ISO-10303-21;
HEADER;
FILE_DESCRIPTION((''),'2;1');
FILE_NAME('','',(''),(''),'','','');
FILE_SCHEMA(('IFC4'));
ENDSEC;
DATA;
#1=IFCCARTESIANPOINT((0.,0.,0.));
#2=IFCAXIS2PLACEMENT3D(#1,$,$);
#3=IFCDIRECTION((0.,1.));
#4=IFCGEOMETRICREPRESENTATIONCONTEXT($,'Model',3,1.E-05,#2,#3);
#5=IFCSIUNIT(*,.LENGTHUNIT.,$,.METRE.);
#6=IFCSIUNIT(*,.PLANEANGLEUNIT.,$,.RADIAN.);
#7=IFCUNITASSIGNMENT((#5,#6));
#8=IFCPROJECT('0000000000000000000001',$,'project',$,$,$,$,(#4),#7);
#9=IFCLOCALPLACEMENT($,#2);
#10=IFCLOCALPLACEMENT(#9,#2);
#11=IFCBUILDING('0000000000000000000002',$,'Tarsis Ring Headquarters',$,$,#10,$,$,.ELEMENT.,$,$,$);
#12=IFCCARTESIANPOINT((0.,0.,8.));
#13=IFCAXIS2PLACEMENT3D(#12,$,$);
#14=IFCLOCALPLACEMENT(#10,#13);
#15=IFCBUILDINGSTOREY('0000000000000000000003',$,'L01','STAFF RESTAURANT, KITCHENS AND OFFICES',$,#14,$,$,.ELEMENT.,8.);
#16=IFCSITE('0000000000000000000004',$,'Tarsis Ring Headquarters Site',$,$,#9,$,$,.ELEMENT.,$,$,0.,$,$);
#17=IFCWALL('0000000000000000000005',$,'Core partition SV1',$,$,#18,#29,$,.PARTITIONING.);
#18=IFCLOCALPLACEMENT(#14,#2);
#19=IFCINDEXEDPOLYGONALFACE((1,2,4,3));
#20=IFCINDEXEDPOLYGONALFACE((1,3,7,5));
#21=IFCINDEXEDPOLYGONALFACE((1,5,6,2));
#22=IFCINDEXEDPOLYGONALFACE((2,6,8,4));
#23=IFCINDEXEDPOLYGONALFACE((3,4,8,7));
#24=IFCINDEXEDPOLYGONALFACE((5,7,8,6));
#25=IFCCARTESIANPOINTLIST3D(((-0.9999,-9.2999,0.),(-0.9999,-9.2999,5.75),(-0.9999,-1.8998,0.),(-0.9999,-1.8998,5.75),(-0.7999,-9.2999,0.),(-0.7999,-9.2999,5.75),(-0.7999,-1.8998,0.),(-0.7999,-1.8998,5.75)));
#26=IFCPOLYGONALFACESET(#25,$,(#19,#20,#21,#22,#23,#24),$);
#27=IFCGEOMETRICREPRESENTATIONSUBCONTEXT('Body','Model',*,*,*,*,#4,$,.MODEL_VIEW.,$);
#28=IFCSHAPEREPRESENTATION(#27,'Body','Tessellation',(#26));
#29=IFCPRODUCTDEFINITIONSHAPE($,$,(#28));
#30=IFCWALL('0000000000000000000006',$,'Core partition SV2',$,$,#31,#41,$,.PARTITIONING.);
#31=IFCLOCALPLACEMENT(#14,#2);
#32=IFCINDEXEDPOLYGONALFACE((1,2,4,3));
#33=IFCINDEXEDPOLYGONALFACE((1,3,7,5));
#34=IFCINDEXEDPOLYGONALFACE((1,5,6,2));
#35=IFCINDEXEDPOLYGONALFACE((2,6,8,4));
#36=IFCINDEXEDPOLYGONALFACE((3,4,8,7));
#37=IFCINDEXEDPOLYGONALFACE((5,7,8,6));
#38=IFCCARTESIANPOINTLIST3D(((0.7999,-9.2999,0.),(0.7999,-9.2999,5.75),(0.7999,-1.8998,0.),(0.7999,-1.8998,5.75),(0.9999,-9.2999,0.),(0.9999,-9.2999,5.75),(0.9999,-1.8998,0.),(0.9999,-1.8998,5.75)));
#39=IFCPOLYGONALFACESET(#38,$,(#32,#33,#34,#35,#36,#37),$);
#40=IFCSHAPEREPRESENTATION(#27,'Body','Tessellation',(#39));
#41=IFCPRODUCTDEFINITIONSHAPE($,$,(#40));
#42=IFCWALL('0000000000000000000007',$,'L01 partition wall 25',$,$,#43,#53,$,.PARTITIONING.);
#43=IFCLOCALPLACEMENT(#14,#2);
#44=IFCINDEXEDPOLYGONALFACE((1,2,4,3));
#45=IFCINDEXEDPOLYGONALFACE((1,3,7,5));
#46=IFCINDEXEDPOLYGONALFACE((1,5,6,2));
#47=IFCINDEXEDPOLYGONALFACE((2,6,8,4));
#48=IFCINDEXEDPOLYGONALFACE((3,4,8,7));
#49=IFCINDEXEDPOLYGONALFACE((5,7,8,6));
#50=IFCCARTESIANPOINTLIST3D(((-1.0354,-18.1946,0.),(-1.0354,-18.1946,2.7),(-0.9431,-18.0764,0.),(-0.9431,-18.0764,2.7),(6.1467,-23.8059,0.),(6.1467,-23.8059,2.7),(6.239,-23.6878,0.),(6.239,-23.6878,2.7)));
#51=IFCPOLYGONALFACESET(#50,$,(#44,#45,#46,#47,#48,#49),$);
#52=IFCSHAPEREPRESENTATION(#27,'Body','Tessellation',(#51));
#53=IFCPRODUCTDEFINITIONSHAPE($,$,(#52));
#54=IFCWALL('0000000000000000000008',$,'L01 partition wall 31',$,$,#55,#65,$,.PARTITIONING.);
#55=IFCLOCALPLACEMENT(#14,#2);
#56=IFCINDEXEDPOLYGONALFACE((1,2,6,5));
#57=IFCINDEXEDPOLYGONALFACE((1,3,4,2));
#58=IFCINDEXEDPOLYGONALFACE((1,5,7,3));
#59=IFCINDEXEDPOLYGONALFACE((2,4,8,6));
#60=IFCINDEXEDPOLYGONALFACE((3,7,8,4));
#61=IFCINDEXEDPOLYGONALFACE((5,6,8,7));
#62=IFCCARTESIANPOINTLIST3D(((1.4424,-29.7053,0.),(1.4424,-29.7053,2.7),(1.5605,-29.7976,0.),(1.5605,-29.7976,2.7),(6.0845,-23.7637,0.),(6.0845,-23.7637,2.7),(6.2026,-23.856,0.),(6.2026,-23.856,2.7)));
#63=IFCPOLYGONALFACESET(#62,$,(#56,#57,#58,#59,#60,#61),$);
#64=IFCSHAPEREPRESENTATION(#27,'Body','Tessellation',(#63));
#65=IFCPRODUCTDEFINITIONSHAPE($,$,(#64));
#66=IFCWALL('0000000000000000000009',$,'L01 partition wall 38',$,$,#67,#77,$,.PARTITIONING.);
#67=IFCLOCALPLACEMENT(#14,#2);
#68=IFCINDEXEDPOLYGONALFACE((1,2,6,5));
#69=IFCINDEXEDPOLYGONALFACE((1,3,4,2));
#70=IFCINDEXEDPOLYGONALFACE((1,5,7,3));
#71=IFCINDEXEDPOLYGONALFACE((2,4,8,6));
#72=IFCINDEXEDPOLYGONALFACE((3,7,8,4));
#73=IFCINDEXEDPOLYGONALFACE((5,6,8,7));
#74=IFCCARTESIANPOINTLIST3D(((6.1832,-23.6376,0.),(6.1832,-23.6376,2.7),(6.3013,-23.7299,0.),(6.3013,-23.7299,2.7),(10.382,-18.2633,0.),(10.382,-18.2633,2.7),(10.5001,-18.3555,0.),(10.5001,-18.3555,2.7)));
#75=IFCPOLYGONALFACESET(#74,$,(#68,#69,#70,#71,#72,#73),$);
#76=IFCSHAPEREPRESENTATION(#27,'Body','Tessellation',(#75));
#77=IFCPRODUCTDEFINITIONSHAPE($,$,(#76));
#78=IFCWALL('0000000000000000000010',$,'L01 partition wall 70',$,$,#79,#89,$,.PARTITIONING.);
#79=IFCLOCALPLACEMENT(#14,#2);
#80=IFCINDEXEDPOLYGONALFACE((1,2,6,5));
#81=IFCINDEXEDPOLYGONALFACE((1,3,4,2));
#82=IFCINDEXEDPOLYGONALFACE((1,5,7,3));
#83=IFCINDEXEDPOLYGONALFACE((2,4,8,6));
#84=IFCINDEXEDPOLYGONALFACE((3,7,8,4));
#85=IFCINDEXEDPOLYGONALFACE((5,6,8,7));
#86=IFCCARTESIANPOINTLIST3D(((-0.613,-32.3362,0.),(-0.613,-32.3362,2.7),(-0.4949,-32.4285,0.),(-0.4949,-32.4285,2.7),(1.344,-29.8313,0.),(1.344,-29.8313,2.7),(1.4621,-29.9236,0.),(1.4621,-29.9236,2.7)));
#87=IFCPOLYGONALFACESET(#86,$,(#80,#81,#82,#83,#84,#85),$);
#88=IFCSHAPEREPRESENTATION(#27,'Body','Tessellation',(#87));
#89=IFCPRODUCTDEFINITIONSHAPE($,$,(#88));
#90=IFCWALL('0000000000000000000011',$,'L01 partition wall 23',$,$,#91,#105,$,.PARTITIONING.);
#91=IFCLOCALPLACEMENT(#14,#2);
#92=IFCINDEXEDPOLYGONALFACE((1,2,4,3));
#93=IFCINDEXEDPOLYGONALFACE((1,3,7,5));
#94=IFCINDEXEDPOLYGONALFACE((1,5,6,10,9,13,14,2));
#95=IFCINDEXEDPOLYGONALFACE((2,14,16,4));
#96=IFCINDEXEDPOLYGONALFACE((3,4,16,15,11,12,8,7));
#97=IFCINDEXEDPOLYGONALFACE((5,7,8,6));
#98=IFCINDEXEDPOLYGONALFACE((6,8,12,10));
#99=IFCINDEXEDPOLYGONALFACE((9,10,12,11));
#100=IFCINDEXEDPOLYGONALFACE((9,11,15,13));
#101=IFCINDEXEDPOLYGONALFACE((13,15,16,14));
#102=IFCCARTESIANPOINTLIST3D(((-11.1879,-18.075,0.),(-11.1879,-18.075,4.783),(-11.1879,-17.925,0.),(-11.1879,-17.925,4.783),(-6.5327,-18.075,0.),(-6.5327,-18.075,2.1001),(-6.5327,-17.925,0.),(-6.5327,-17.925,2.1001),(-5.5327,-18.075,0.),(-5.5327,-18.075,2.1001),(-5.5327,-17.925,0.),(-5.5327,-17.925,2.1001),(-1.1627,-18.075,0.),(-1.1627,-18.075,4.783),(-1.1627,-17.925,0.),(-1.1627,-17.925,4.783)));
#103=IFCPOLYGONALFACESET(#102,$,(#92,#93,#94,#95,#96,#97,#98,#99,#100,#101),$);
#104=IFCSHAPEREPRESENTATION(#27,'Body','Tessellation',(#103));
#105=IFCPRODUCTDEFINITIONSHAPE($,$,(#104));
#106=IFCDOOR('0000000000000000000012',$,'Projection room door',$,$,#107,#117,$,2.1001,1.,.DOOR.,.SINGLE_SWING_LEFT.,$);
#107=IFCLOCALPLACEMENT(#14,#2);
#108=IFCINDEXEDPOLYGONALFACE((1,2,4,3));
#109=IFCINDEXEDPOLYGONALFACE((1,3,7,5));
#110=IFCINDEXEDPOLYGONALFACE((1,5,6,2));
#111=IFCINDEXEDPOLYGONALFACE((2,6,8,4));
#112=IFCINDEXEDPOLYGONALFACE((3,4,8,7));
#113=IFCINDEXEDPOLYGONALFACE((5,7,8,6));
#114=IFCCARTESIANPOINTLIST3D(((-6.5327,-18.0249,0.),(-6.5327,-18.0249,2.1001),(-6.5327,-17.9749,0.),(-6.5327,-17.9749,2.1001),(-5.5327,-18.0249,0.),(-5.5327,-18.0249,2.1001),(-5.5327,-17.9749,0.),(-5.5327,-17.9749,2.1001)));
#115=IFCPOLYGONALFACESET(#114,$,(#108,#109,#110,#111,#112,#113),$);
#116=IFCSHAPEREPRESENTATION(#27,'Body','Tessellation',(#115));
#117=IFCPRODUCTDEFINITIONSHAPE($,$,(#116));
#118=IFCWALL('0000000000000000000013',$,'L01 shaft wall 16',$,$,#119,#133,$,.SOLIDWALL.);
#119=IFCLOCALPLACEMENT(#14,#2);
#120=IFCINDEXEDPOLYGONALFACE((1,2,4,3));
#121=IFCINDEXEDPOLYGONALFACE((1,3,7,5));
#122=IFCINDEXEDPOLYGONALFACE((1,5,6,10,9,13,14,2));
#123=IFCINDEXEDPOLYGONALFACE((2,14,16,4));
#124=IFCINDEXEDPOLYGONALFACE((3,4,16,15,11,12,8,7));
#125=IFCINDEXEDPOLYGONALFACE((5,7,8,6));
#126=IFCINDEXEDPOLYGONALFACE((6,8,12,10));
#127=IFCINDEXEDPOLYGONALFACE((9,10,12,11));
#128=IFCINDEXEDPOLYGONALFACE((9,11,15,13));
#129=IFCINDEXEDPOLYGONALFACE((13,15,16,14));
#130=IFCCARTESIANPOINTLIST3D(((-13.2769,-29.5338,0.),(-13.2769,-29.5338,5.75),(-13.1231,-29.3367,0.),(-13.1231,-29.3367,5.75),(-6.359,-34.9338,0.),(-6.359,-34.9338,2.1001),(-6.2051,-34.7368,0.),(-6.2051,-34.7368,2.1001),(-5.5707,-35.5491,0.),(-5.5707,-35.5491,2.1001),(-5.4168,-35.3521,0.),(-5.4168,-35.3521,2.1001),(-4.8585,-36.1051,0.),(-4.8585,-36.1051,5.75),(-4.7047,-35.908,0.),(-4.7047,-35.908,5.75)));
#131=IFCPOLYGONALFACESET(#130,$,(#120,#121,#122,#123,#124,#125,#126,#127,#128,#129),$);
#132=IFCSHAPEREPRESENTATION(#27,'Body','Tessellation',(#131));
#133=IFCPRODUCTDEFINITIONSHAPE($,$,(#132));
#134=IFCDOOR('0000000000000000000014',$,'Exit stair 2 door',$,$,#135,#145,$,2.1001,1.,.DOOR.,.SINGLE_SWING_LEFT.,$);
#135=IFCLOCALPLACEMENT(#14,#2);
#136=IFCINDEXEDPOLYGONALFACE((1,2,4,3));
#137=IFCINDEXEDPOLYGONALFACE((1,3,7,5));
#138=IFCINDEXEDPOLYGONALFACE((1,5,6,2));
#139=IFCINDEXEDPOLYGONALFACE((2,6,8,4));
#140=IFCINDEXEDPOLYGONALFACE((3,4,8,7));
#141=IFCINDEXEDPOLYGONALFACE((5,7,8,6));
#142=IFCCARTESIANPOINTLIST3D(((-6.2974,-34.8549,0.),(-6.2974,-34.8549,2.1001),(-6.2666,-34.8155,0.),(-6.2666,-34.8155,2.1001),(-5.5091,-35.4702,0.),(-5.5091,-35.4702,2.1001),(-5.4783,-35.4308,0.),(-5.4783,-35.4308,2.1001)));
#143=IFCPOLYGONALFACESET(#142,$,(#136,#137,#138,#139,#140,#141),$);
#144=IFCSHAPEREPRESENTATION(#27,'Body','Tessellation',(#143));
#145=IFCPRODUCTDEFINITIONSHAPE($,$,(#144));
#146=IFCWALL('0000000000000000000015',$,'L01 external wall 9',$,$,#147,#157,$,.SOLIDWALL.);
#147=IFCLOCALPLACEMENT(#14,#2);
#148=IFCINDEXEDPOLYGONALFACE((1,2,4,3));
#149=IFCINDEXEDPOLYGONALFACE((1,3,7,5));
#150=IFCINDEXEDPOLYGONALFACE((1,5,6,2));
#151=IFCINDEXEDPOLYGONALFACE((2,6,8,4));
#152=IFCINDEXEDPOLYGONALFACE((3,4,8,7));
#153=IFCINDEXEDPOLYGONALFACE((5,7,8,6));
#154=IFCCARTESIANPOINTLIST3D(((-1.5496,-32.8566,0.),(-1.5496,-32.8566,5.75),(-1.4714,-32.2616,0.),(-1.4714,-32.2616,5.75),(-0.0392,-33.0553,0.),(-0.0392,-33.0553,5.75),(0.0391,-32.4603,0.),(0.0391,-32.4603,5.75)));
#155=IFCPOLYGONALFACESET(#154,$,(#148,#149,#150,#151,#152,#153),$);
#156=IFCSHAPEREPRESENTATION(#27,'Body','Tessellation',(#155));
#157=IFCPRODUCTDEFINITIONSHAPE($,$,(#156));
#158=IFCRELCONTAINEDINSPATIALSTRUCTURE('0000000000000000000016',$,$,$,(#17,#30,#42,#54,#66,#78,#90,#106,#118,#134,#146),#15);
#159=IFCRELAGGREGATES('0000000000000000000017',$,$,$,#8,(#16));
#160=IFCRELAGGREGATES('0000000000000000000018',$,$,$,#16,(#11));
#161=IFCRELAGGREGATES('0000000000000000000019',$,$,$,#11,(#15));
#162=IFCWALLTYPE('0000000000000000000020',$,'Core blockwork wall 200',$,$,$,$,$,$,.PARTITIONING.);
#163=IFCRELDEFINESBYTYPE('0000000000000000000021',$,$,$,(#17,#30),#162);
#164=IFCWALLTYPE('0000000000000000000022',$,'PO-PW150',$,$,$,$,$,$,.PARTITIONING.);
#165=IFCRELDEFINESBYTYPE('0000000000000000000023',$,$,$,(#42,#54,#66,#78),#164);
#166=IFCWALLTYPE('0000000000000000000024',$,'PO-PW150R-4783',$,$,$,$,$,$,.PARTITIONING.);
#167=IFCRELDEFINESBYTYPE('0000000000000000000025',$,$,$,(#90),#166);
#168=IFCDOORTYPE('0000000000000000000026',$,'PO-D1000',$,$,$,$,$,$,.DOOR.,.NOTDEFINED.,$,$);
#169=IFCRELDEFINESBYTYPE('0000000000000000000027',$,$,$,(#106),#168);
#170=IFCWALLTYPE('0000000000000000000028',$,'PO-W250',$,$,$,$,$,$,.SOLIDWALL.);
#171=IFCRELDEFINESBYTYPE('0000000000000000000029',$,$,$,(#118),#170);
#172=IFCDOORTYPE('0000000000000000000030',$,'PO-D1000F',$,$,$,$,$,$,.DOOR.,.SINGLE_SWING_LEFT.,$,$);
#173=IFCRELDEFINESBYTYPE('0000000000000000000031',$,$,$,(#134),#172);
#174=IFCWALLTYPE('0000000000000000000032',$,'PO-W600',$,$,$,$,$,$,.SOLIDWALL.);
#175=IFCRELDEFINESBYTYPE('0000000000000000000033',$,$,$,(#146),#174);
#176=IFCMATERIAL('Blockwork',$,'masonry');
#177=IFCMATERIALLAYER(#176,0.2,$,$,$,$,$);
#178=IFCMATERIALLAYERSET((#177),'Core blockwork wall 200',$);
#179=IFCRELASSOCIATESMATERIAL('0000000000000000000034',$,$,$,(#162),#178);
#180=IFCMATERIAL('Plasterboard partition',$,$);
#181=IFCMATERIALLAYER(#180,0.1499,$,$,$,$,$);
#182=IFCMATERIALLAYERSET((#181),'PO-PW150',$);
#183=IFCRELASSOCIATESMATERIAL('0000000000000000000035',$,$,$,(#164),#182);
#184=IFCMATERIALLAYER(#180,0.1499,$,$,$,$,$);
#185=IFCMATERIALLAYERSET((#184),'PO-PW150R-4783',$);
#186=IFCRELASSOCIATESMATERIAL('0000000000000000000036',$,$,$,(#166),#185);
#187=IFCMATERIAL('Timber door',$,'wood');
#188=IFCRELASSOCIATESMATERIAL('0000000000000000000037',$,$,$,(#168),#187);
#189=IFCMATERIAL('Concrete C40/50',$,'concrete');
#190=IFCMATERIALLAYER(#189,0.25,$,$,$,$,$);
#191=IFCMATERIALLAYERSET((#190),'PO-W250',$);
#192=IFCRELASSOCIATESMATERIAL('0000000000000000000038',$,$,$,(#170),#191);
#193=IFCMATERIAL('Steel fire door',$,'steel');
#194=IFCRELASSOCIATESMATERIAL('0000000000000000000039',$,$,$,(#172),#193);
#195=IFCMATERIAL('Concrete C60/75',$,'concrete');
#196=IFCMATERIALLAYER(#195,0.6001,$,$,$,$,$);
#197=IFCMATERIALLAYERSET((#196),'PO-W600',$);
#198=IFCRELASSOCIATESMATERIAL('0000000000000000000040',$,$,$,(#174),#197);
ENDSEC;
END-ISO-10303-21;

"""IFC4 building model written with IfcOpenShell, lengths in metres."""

from ifc_helpers import new_model, si_unit, direction, frame, frame_2d, origin, place, context, subcontext, project, spatial, rectangle, extrude, material, layer, layer_set, type_object, element, fill, save


model = new_model("IFC4")

# Units and contexts
model_context = context("Model", 3, precision=1e-05, world=origin(), true_north=direction((0.0, 1.0)))
body_context = subcontext(model_context, "Body", "Model", "MODEL_VIEW")
ifc_project = project(units=[si_unit("LENGTHUNIT", "METRE"), si_unit("PLANEANGLEUNIT", "RADIAN")], contexts=[model_context])

# Site, building, storey
site_placement = place(None, origin())
site = spatial("IfcSite", under=ifc_project, at=site_placement, Name="Tarsis Ring Headquarters Site", CompositionType="ELEMENT", RefElevation=0.0)
building_placement = place(site_placement, origin())
building = spatial("IfcBuilding", under=site, at=building_placement, Name="Tarsis Ring Headquarters", CompositionType="ELEMENT")
storey_placement = place(building_placement, frame((0.0, 0.0, 8.0)))
storey = spatial("IfcBuildingStorey", under=building, at=storey_placement, Name="L01", Description="STAFF RESTAURANT, KITCHENS AND OFFICES", CompositionType="ELEMENT", Elevation=8.0)

# Shared definitions
ifc_material_1 = material(Name="Concrete C60/75", Category="concrete")

# Shared definitions
ifc_material_2 = material(Name="Concrete C40/50", Category="concrete")

# Walls
ifc_material_3 = material(Name="Blockwork", Category="masonry")
ifc_layer_1 = layer(ifc_material_3, 0.2)
ifc_layer_set_1 = layer_set([ifc_layer_1], Name="Core blockwork wall 200")
wall_type_1 = type_object("IfcWallType", Name="Core blockwork wall 200", PredefinedType="PARTITIONING", material=ifc_layer_set_1)
for number, where, z_axis, x_axis, name in (
    (1, (-0.8999, -9.3, 0.0), (0.0, 0.0, 1.0), (0.0, 1.0, 0.0), "Core partition SV1"),
    (2, (0.8999, -9.3, 0.0), (0.0, 0.0, 1.0), (0.0, 1.0, 0.0), "Core partition SV2"),
):
    element("IfcWall", number, at=place(storey_placement, frame(where, z_axis=z_axis, x_axis=x_axis)), inside=storey, type_object=wall_type_1, Name=name, PredefinedType="PARTITIONING", context=body_context, shape_type="SweptSolid", body=[
        extrude(rectangle(XDim=7.4001, YDim=0.2, at=frame_2d((3.7002, 0.0))), origin(), (0.0, 0.0, 1.0), 5.75),
    ])
ifc_material_4 = material(Name="Plasterboard partition")
ifc_layer_2 = layer(ifc_material_4, 0.1499)
ifc_layer_set_2 = layer_set([ifc_layer_2], Name="PO-PW150")
wall_type_2 = type_object("IfcWallType", Name="PO-PW150", PredefinedType="PARTITIONING", material=ifc_layer_set_2)
wall_1_placement = place(storey_placement, frame((-0.9893, -18.1355, 0.0), z_axis=(0.0, 0.0, 1.0), x_axis=(0.788009, -0.615664, 0.0)))
element("IfcWall", 3, at=wall_1_placement, inside=storey, type_object=wall_type_2, Name="L01 partition wall 25", PredefinedType="PARTITIONING", context=body_context, shape_type="SweptSolid", body=[
    extrude(rectangle(XDim=9.1143, YDim=0.1499, at=frame_2d((4.5571, 0.0))), origin(), (0.0, 0.0, 1.0), 2.7),
])
wall_2_placement = place(storey_placement, frame((1.5015, -29.7515, 0.0), z_axis=(0.0, 0.0, 1.0), x_axis=(0.615658, 0.788013, 0.0)))
element("IfcWall", 4, at=wall_2_placement, inside=storey, type_object=wall_type_2, Name="L01 partition wall 31", PredefinedType="PARTITIONING", context=body_context, shape_type="SweptSolid", body=[
    extrude(rectangle(XDim=7.54, YDim=0.1499, at=frame_2d((3.77, 0.0))), origin(), (0.0, 0.0, 1.0), 2.7),
])
wall_3_placement = place(storey_placement, frame((6.2422, -23.6838, 0.0), z_axis=(0.0, 0.0, 1.0), x_axis=(0.615652, 0.788018, 0.0)))
element("IfcWall", 5, at=wall_3_placement, inside=storey, type_object=wall_type_2, Name="L01 partition wall 38", PredefinedType="PARTITIONING", context=body_context, shape_type="SweptSolid", body=[
    extrude(rectangle(XDim=6.8201, YDim=0.1499, at=frame_2d((3.4102, 0.0))), origin(), (0.0, 0.0, 1.0), 2.7),
])
wall_4_placement = place(storey_placement, frame((-0.554, -32.3823, 0.0), z_axis=(0.0, 0.0, 1.0), x_axis=(0.615662, 0.78801, 0.0)))
element("IfcWall", 6, at=wall_4_placement, inside=storey, type_object=wall_type_2, Name="L01 partition wall 70", PredefinedType="PARTITIONING", context=body_context, shape_type="SweptSolid", body=[
    extrude(rectangle(XDim=3.1787, YDim=0.1499, at=frame_2d((1.5894, 0.0))), origin(), (0.0, 0.0, 1.0), 2.7),
])

# Walls, openings, doors
ifc_layer_3 = layer(ifc_material_4, 0.1499)
ifc_layer_set_3 = layer_set([ifc_layer_3], Name="PO-PW150R-4783")
wall_type_3 = type_object("IfcWallType", Name="PO-PW150R-4783", PredefinedType="PARTITIONING", material=ifc_layer_set_3)
wall_5_placement = place(storey_placement, frame((-1.1626, -18.0, 0.0), z_axis=(0.0, 0.0, 1.0), x_axis=(-1.0, 0.0, 0.0)))
wall_5 = element("IfcWall", 7, at=wall_5_placement, inside=storey, type_object=wall_type_3, Name="L01 partition wall 23", PredefinedType="PARTITIONING", context=body_context, shape_type="SweptSolid", body=[
    extrude(rectangle(XDim=10.0251, YDim=0.1499, at=frame_2d((5.0127, 0.0))), origin(), (0.0, 0.0, 1.0), 4.783),
])
opening_1_placement = place(wall_5_placement, frame((4.3701, 0.0, 0.0)))
opening_1 = element("IfcOpeningElement", 8, at=opening_1_placement, cuts=wall_5, PredefinedType="OPENING", context=body_context, shape_type="SweptSolid", body=[
    extrude(rectangle(XDim=1.0, YDim=2.1001, at=frame_2d((0.5, 1.05))), frame((0.0, 0.085, 0.0), z_axis=(0.0, -1.0, 0.0), x_axis=(1.0, 0.0, 0.0)), (0.0, 0.0, 1.0), 0.1699),
])
ifc_material_5 = material(Name="Timber door", Category="wood")
door_type_1 = type_object("IfcDoorType", Name="PO-D1000", OperationType="NOTDEFINED", PredefinedType="DOOR", material=ifc_material_5)
door_1_placement = place(opening_1_placement, origin())
door_1 = element("IfcDoor", 9, at=door_1_placement, inside=storey, type_object=door_type_1, Name="Projection room door", OperationType="SINGLE_SWING_LEFT", OverallHeight=2.1001, OverallWidth=1.0, PredefinedType="DOOR", context=body_context, shape_type="SweptSolid", body=[
    extrude(rectangle(XDim=1.0, YDim=2.1001, at=frame_2d((0.5, 1.05))), frame((0.0, 0.0249, 0.0), z_axis=(0.0, -1.0, 0.0), x_axis=(1.0, 0.0, 0.0)), (0.0, 0.0, 1.0), 0.05),
])
fill(opening_1, door_1)
ifc_layer_4 = layer(ifc_material_2, 0.25)
ifc_layer_set_4 = layer_set([ifc_layer_4], Name="PO-W250")
wall_type_4 = type_object("IfcWallType", Name="PO-W250", PredefinedType="SOLIDWALL", material=ifc_layer_set_4)
wall_6_placement = place(storey_placement, frame((-4.7815, -36.0066, 0.0), z_axis=(0.0, 0.0, 1.0), x_axis=(-0.78828, 0.615317, 0.0)))
wall_6 = element("IfcWall", 10, at=wall_6_placement, inside=storey, type_object=wall_type_4, Name="L01 shaft wall 16", PredefinedType="SOLIDWALL", context=body_context, shape_type="SweptSolid", body=[
    extrude(rectangle(XDim=10.6794, YDim=0.25, at=frame_2d((5.3398, 0.0))), origin(), (0.0, 0.0, 1.0), 5.75),
])
opening_2_placement = place(wall_6_placement, frame((0.9036, 0.0, 0.0)))
opening_2 = element("IfcOpeningElement", 11, at=opening_2_placement, cuts=wall_6, PredefinedType="OPENING", context=body_context, shape_type="SweptSolid", body=[
    extrude(rectangle(XDim=1.0, YDim=2.1001, at=frame_2d((0.5, 1.05))), frame((0.0, 0.135, 0.0), z_axis=(0.0, -1.0, 0.0), x_axis=(1.0, 0.0, 0.0)), (0.0, 0.0, 1.0), 0.27),
])
ifc_material_6 = material(Name="Steel fire door", Category="steel")
door_type_2 = type_object("IfcDoorType", Name="PO-D1000F", OperationType="SINGLE_SWING_LEFT", PredefinedType="DOOR", material=ifc_material_6)
door_2_placement = place(opening_2_placement, origin())
door_2 = element("IfcDoor", 12, at=door_2_placement, inside=storey, type_object=door_type_2, Name="Exit stair 2 door", OperationType="SINGLE_SWING_LEFT", OverallHeight=2.1001, OverallWidth=1.0, PredefinedType="DOOR", context=body_context, shape_type="SweptSolid", body=[
    extrude(rectangle(XDim=1.0, YDim=2.1001, at=frame_2d((0.5, 1.05))), frame((0.0, 0.0249, 0.0), z_axis=(0.0, -1.0, 0.0), x_axis=(1.0, 0.0, 0.0)), (0.0, 0.0, 1.0), 0.05),
])
fill(opening_2, door_2)

# Wall
ifc_layer_5 = layer(ifc_material_1, 0.6001)
ifc_layer_set_5 = layer_set([ifc_layer_5], Name="PO-W600")
wall_type_5 = type_object("IfcWallType", Name="PO-W600", PredefinedType="SOLIDWALL", material=ifc_layer_set_5)
wall_7_placement = place(storey_placement, frame((-1.5105, -32.5591, 0.0), z_axis=(0.0, 0.0, 1.0), x_axis=(0.991456, -0.130442, 0.0)))
element("IfcWall", 13, at=wall_7_placement, inside=storey, type_object=wall_type_5, Name="L01 external wall 9", PredefinedType="SOLIDWALL", context=body_context, shape_type="SweptSolid", body=[
    extrude(rectangle(XDim=1.5234, YDim=0.6001, at=frame_2d((0.7617, 0.0))), origin(), (0.0, 0.0, 1.0), 5.75),
])

save(model, "model.ifc")
